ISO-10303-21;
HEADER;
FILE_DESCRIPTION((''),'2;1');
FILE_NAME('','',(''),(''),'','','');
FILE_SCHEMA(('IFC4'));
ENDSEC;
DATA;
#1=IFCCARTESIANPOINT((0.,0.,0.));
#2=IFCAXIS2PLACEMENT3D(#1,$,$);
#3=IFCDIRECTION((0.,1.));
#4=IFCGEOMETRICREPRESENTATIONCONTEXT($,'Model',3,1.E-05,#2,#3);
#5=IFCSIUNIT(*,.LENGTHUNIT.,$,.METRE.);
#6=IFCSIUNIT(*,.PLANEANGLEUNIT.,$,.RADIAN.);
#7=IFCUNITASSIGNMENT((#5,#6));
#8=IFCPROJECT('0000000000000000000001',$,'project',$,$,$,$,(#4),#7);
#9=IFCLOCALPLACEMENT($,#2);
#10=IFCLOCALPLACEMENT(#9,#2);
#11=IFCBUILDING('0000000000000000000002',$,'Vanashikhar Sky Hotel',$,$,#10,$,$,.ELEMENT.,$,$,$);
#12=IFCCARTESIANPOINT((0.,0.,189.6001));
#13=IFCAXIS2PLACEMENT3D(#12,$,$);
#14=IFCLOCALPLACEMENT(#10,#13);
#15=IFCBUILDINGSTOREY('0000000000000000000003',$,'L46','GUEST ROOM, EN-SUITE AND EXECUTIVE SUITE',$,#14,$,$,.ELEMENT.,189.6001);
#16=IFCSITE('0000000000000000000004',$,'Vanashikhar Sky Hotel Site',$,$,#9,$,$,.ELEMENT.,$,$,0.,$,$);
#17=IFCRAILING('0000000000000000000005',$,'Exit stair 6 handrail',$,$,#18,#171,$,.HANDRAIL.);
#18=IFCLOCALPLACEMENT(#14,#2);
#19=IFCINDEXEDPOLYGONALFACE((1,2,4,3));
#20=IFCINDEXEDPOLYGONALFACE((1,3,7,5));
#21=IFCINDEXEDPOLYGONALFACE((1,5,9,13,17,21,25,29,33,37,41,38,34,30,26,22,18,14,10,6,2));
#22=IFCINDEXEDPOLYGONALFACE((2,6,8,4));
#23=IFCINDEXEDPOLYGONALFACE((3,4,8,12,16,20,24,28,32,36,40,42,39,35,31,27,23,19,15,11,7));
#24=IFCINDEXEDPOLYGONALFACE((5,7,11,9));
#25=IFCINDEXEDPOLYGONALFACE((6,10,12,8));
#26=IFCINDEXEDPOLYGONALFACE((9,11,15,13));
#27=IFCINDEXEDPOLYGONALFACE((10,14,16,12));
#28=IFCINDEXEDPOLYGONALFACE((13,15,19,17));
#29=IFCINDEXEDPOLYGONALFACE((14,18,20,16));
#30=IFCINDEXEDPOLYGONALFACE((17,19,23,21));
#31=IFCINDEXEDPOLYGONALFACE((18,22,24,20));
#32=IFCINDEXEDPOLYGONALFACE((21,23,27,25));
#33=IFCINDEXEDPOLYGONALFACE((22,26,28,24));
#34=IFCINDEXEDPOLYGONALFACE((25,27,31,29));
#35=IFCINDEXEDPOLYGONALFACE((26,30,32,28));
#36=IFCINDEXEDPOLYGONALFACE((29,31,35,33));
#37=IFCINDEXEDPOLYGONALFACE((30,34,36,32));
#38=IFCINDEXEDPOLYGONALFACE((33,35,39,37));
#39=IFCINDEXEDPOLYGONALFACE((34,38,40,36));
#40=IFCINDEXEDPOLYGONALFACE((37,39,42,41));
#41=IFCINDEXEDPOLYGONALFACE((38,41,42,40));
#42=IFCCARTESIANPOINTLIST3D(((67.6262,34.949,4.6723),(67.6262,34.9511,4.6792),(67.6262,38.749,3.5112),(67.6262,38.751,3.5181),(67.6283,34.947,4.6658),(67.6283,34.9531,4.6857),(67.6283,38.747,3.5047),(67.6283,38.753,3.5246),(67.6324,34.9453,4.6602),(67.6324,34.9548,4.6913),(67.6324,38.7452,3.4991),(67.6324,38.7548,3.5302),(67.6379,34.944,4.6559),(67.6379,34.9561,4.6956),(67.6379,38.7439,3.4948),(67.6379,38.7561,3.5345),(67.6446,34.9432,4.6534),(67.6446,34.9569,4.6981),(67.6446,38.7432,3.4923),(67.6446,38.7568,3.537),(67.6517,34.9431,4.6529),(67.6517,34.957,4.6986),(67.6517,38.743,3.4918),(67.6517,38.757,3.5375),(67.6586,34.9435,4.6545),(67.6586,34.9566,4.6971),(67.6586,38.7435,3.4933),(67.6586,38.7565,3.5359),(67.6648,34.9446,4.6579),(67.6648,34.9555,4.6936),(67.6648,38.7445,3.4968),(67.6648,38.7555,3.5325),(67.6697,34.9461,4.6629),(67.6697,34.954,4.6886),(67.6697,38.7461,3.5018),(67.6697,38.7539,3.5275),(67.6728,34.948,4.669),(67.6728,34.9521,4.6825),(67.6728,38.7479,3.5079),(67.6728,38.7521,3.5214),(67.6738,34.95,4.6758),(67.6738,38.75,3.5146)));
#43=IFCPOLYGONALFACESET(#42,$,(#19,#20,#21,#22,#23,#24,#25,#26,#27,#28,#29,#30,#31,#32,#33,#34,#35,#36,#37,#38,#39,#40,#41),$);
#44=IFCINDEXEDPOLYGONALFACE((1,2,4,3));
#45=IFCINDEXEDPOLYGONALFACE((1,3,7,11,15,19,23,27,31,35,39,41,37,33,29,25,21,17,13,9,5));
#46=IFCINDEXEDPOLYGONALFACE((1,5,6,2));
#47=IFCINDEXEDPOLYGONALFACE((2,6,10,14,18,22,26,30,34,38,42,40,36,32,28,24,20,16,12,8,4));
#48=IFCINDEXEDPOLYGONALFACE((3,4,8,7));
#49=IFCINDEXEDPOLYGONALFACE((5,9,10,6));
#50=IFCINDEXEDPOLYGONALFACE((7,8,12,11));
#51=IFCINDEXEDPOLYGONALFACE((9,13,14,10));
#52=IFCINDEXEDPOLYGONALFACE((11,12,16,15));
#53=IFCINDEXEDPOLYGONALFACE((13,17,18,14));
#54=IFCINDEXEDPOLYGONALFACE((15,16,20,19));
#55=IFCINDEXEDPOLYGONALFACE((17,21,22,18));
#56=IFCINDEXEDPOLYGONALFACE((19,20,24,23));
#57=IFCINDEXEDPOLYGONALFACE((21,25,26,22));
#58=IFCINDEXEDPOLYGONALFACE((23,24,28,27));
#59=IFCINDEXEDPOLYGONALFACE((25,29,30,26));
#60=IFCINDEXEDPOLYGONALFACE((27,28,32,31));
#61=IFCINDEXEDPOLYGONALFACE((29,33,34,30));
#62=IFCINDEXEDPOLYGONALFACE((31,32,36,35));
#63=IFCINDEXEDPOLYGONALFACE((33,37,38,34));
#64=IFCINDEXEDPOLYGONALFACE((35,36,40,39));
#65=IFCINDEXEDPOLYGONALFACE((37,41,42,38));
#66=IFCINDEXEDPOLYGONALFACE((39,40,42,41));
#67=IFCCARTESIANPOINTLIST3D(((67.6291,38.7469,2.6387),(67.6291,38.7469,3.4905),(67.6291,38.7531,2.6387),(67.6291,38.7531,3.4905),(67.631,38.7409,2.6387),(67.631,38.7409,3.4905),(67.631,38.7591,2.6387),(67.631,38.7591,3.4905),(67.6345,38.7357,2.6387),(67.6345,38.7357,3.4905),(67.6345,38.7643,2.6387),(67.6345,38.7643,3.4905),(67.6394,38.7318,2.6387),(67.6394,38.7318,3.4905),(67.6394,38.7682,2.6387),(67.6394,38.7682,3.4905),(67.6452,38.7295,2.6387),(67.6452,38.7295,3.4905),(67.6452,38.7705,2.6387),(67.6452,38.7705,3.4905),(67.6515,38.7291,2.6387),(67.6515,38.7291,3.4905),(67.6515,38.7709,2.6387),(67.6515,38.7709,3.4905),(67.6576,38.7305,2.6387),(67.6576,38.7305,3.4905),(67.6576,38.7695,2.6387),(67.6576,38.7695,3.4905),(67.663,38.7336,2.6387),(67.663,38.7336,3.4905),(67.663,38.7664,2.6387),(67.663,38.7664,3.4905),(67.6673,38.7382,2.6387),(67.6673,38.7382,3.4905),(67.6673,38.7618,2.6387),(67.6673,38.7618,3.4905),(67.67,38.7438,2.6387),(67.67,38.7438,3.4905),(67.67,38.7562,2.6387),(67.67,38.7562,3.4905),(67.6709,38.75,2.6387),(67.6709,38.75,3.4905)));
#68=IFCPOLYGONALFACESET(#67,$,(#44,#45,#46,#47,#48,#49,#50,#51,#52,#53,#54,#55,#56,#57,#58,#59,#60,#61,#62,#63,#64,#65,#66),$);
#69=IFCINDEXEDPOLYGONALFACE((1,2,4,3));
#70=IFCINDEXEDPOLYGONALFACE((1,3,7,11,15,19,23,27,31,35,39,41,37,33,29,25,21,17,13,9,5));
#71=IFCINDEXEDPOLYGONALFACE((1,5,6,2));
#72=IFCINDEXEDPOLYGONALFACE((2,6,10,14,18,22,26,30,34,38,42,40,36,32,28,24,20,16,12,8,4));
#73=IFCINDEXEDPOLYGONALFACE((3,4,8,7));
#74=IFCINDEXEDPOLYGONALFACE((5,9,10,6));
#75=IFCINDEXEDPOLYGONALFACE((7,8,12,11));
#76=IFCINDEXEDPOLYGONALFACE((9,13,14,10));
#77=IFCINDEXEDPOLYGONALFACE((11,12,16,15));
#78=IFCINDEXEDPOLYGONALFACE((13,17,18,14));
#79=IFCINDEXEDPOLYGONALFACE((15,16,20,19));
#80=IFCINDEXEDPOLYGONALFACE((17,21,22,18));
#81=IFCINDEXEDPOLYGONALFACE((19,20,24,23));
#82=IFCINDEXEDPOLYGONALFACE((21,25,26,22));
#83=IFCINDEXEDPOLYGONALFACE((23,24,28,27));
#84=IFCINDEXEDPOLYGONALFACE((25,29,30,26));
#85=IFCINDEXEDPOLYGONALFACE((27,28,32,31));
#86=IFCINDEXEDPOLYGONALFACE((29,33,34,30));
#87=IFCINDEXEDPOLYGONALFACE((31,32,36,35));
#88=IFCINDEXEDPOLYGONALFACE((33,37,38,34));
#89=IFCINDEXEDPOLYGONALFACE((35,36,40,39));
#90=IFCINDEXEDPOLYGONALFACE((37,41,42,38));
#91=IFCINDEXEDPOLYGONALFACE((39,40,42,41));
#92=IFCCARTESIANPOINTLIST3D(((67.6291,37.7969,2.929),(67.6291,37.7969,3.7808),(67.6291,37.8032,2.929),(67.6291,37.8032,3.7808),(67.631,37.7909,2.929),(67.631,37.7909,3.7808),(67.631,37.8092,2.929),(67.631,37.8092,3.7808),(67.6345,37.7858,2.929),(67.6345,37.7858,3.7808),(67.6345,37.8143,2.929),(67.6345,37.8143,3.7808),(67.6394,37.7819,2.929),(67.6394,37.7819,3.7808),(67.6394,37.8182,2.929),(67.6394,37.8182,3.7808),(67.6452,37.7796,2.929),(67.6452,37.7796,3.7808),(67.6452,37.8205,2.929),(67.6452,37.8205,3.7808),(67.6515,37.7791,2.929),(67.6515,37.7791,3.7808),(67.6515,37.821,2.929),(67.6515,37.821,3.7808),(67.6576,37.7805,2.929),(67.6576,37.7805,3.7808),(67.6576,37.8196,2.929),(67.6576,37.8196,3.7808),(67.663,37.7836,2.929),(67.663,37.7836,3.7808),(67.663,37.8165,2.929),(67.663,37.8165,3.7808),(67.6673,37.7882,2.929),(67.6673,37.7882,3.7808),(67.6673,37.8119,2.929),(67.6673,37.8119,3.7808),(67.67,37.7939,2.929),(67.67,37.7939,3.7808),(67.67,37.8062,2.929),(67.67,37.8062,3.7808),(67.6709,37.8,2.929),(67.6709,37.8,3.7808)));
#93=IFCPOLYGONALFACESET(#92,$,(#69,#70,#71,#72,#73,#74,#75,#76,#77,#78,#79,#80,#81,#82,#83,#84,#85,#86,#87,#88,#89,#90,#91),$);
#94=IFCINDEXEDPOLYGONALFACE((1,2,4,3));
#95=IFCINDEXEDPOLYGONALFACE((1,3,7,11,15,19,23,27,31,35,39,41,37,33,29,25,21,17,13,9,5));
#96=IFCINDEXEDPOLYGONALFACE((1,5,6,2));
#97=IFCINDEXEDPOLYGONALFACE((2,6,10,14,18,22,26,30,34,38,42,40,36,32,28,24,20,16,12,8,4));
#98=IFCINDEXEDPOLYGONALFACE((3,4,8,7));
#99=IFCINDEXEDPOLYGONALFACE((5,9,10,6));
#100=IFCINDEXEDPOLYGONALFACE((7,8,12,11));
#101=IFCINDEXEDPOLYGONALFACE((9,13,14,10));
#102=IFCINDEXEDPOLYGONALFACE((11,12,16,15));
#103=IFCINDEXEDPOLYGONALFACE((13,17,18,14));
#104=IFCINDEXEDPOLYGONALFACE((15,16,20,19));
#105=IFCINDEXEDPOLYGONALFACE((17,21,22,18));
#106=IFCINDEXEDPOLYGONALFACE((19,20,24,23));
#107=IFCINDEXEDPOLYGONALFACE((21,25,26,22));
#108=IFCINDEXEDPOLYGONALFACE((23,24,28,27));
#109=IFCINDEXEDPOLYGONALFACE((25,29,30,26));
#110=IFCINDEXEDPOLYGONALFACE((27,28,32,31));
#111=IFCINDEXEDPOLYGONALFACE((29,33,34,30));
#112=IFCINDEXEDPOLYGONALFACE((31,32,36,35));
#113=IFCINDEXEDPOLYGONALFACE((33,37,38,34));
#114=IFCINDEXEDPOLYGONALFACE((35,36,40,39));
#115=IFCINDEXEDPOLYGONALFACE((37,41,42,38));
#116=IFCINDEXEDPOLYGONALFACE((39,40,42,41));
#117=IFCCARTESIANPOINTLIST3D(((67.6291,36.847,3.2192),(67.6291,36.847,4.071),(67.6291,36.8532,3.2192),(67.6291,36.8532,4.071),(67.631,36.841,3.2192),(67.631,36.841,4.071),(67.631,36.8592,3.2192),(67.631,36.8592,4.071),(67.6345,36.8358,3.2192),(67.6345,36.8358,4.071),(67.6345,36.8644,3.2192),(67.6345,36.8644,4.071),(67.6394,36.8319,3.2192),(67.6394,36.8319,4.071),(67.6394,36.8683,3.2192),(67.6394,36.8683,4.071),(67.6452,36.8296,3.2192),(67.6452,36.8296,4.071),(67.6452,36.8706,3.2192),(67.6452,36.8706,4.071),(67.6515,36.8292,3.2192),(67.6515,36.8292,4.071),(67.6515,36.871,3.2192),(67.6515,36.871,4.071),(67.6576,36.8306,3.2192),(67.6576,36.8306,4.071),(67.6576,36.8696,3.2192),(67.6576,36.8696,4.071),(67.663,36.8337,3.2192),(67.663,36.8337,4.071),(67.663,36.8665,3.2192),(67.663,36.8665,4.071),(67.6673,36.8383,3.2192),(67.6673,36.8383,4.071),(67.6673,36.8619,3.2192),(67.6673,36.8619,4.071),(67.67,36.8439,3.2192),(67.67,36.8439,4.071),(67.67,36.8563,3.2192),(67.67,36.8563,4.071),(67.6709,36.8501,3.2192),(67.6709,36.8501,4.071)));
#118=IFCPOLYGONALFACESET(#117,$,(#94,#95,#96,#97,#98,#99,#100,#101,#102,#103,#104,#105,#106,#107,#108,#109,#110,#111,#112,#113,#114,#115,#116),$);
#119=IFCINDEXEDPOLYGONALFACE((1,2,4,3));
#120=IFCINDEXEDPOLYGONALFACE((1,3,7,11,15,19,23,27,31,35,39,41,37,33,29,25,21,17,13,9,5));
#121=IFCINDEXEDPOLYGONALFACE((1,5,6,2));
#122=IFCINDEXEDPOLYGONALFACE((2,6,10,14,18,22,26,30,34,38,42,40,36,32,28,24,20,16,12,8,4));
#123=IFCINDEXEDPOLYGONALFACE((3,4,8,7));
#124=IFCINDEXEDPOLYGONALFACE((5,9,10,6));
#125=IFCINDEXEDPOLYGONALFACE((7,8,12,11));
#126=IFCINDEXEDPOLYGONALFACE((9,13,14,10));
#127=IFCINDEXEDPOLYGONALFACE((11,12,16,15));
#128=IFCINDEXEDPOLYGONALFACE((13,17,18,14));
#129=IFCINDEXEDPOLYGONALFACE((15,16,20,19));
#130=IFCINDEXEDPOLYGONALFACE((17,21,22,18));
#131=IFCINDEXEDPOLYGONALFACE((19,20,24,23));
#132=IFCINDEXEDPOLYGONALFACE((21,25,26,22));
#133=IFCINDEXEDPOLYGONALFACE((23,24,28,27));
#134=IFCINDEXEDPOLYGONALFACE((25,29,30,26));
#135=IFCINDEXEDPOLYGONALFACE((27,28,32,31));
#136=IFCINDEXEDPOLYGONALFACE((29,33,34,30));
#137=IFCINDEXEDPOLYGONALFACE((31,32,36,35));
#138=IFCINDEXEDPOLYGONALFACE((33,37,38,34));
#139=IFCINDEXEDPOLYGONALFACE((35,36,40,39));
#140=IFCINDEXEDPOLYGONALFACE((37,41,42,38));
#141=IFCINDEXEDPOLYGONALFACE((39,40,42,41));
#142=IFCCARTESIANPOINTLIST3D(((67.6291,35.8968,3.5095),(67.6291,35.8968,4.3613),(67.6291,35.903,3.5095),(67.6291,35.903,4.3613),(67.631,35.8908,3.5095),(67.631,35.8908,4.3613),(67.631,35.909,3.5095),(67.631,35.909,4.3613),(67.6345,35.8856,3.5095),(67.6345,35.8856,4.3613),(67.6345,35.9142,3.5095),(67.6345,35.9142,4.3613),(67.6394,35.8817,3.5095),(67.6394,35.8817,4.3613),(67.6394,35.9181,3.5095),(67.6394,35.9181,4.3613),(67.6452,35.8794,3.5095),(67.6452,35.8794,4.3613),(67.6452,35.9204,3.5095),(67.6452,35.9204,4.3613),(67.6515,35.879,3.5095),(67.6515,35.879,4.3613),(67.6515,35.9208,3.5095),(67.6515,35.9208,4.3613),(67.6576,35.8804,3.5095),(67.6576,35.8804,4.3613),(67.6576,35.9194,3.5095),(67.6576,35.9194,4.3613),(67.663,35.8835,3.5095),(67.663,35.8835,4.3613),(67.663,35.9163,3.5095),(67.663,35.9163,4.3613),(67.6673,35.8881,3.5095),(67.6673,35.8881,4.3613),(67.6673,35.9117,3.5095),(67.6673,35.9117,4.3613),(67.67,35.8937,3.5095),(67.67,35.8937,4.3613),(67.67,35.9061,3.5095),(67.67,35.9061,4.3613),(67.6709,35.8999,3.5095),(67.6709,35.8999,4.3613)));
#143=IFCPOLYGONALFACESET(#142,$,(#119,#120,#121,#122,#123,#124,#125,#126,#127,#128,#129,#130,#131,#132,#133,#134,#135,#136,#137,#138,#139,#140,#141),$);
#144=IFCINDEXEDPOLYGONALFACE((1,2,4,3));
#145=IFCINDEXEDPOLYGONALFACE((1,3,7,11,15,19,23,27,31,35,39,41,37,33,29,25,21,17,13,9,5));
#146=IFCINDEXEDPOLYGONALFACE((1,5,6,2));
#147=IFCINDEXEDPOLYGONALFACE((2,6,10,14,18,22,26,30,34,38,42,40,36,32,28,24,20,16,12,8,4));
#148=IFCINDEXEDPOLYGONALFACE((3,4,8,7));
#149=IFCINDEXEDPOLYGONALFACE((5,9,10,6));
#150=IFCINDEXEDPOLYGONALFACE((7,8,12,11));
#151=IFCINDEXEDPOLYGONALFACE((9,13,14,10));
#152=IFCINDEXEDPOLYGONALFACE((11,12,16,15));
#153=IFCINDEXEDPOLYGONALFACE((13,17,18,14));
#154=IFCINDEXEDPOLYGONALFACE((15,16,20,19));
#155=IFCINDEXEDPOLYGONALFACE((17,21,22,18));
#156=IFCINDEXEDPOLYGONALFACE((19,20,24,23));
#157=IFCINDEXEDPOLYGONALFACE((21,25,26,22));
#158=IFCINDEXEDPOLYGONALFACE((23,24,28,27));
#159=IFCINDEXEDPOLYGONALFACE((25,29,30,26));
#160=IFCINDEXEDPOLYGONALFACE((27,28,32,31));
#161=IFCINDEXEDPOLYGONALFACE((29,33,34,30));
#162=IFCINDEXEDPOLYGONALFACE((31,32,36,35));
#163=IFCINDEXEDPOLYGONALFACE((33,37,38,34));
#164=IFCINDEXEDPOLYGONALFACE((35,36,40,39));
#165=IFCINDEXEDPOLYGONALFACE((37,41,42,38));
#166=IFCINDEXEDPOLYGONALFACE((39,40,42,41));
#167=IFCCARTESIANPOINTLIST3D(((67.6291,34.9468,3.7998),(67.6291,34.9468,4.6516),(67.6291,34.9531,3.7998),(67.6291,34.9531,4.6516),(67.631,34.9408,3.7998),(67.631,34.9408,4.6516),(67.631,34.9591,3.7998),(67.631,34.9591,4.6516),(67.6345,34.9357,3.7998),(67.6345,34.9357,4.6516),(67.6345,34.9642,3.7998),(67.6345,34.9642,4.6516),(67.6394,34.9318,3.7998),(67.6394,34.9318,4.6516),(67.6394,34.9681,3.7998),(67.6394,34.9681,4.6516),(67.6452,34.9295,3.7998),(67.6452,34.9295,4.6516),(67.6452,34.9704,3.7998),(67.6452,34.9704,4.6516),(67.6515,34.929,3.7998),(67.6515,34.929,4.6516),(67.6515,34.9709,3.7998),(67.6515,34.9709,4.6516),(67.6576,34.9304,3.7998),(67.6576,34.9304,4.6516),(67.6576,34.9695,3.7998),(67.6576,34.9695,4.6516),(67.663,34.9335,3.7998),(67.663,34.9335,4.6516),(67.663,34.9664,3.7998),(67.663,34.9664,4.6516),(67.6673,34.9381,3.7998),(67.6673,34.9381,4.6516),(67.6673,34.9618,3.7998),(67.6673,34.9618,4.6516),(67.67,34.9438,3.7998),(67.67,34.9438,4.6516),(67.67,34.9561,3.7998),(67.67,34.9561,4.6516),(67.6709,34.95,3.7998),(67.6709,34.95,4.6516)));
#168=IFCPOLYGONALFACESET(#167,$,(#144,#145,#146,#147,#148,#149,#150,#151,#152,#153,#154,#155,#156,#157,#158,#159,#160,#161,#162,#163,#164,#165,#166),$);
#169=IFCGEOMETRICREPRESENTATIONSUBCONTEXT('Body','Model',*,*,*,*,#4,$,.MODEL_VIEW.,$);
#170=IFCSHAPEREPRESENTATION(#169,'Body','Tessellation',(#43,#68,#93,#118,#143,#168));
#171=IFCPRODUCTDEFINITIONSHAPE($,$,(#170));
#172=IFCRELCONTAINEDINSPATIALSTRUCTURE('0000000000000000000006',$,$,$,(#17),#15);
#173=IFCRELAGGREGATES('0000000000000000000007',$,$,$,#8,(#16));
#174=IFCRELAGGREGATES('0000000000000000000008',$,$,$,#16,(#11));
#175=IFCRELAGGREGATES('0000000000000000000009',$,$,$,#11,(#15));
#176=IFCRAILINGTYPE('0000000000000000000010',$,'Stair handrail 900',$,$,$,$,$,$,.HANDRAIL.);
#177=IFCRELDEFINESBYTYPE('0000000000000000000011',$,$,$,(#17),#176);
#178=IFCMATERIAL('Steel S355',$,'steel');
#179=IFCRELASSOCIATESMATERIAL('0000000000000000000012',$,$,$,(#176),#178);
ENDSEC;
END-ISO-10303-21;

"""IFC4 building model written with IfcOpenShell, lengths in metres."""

from ifc_helpers import new_model, si_unit, direction, frame, origin, origin_2d, place, context, subcontext, project, spatial, circle, extrude, source, transform, mapped, material, type_object, element, save


model = new_model("IFC4")

# Units and contexts
model_context = context("Model", 3, precision=1e-05, world=origin(), true_north=direction((0.0, 1.0)))
body_context = subcontext(model_context, "Body", "Model", "MODEL_VIEW")
ifc_project = project(units=[si_unit("LENGTHUNIT", "METRE"), si_unit("PLANEANGLEUNIT", "RADIAN")], contexts=[model_context])

# Site, building, storey
site_placement = place(None, origin())
site = spatial("IfcSite", under=ifc_project, at=site_placement, Name="Vanashikhar Sky Hotel Site", CompositionType="ELEMENT", RefElevation=0.0)
building_placement = place(site_placement, origin())
building = spatial("IfcBuilding", under=site, at=building_placement, Name="Vanashikhar Sky Hotel", CompositionType="ELEMENT")
storey_placement = place(building_placement, frame((0.0, 0.0, 189.6001)))
storey = spatial("IfcBuildingStorey", under=building, at=storey_placement, Name="L46", Description="GUEST ROOM, EN-SUITE AND EXECUTIVE SUITE", CompositionType="ELEMENT", Elevation=189.6001)

# Railing
ifc_material_1 = material(Name="Steel S355", Category="steel")
railing_type = type_object("IfcRailingType", Name="Stair handrail 900", PredefinedType="HANDRAIL", material=ifc_material_1)
shared_shape_1 = source(origin(), body_context, "Body", "SweptSolid", [
    extrude(circle(Radius=0.0239, at=origin_2d()), frame((0.0, 0.0, 0.876), z_axis=(0.0, -0.956351, 0.29222), x_axis=(1.0, 0.0, 0.0)), (0.0, 0.0, 1.0), 3.9734),
    extrude(circle(Radius=0.021, at=origin_2d()), origin(), (0.0, 0.0, 1.0), 0.8518),
    extrude(circle(Radius=0.021, at=origin_2d()), frame((0.0, -0.95, 0.2903)), (0.0, 0.0, 1.0), 0.8518),
    extrude(circle(Radius=0.021, at=origin_2d()), frame((0.0, -1.8999, 0.5806)), (0.0, 0.0, 1.0), 0.8518),
    extrude(circle(Radius=0.021, at=origin_2d()), frame((0.0, -2.8501, 0.8708)), (0.0, 0.0, 1.0), 0.8518),
    extrude(circle(Radius=0.021, at=origin_2d()), frame((0.0, -3.8, 1.1611)), (0.0, 0.0, 1.0), 0.8518),
])
for number, where, name in (
    (1, (67.6499, 38.75, 2.6387), "Exit stair 6 handrail"),
):
    element("IfcRailing", number, at=place(storey_placement, frame(where)), inside=storey, type_object=railing_type, Name=name, PredefinedType="HANDRAIL", context=body_context, shape_type="MappedRepresentation", body=[
        mapped(shared_shape_1, transform((0.0, 0.0, 0.0), scale=1.0)),
    ])

save(model, "model.ifc")
